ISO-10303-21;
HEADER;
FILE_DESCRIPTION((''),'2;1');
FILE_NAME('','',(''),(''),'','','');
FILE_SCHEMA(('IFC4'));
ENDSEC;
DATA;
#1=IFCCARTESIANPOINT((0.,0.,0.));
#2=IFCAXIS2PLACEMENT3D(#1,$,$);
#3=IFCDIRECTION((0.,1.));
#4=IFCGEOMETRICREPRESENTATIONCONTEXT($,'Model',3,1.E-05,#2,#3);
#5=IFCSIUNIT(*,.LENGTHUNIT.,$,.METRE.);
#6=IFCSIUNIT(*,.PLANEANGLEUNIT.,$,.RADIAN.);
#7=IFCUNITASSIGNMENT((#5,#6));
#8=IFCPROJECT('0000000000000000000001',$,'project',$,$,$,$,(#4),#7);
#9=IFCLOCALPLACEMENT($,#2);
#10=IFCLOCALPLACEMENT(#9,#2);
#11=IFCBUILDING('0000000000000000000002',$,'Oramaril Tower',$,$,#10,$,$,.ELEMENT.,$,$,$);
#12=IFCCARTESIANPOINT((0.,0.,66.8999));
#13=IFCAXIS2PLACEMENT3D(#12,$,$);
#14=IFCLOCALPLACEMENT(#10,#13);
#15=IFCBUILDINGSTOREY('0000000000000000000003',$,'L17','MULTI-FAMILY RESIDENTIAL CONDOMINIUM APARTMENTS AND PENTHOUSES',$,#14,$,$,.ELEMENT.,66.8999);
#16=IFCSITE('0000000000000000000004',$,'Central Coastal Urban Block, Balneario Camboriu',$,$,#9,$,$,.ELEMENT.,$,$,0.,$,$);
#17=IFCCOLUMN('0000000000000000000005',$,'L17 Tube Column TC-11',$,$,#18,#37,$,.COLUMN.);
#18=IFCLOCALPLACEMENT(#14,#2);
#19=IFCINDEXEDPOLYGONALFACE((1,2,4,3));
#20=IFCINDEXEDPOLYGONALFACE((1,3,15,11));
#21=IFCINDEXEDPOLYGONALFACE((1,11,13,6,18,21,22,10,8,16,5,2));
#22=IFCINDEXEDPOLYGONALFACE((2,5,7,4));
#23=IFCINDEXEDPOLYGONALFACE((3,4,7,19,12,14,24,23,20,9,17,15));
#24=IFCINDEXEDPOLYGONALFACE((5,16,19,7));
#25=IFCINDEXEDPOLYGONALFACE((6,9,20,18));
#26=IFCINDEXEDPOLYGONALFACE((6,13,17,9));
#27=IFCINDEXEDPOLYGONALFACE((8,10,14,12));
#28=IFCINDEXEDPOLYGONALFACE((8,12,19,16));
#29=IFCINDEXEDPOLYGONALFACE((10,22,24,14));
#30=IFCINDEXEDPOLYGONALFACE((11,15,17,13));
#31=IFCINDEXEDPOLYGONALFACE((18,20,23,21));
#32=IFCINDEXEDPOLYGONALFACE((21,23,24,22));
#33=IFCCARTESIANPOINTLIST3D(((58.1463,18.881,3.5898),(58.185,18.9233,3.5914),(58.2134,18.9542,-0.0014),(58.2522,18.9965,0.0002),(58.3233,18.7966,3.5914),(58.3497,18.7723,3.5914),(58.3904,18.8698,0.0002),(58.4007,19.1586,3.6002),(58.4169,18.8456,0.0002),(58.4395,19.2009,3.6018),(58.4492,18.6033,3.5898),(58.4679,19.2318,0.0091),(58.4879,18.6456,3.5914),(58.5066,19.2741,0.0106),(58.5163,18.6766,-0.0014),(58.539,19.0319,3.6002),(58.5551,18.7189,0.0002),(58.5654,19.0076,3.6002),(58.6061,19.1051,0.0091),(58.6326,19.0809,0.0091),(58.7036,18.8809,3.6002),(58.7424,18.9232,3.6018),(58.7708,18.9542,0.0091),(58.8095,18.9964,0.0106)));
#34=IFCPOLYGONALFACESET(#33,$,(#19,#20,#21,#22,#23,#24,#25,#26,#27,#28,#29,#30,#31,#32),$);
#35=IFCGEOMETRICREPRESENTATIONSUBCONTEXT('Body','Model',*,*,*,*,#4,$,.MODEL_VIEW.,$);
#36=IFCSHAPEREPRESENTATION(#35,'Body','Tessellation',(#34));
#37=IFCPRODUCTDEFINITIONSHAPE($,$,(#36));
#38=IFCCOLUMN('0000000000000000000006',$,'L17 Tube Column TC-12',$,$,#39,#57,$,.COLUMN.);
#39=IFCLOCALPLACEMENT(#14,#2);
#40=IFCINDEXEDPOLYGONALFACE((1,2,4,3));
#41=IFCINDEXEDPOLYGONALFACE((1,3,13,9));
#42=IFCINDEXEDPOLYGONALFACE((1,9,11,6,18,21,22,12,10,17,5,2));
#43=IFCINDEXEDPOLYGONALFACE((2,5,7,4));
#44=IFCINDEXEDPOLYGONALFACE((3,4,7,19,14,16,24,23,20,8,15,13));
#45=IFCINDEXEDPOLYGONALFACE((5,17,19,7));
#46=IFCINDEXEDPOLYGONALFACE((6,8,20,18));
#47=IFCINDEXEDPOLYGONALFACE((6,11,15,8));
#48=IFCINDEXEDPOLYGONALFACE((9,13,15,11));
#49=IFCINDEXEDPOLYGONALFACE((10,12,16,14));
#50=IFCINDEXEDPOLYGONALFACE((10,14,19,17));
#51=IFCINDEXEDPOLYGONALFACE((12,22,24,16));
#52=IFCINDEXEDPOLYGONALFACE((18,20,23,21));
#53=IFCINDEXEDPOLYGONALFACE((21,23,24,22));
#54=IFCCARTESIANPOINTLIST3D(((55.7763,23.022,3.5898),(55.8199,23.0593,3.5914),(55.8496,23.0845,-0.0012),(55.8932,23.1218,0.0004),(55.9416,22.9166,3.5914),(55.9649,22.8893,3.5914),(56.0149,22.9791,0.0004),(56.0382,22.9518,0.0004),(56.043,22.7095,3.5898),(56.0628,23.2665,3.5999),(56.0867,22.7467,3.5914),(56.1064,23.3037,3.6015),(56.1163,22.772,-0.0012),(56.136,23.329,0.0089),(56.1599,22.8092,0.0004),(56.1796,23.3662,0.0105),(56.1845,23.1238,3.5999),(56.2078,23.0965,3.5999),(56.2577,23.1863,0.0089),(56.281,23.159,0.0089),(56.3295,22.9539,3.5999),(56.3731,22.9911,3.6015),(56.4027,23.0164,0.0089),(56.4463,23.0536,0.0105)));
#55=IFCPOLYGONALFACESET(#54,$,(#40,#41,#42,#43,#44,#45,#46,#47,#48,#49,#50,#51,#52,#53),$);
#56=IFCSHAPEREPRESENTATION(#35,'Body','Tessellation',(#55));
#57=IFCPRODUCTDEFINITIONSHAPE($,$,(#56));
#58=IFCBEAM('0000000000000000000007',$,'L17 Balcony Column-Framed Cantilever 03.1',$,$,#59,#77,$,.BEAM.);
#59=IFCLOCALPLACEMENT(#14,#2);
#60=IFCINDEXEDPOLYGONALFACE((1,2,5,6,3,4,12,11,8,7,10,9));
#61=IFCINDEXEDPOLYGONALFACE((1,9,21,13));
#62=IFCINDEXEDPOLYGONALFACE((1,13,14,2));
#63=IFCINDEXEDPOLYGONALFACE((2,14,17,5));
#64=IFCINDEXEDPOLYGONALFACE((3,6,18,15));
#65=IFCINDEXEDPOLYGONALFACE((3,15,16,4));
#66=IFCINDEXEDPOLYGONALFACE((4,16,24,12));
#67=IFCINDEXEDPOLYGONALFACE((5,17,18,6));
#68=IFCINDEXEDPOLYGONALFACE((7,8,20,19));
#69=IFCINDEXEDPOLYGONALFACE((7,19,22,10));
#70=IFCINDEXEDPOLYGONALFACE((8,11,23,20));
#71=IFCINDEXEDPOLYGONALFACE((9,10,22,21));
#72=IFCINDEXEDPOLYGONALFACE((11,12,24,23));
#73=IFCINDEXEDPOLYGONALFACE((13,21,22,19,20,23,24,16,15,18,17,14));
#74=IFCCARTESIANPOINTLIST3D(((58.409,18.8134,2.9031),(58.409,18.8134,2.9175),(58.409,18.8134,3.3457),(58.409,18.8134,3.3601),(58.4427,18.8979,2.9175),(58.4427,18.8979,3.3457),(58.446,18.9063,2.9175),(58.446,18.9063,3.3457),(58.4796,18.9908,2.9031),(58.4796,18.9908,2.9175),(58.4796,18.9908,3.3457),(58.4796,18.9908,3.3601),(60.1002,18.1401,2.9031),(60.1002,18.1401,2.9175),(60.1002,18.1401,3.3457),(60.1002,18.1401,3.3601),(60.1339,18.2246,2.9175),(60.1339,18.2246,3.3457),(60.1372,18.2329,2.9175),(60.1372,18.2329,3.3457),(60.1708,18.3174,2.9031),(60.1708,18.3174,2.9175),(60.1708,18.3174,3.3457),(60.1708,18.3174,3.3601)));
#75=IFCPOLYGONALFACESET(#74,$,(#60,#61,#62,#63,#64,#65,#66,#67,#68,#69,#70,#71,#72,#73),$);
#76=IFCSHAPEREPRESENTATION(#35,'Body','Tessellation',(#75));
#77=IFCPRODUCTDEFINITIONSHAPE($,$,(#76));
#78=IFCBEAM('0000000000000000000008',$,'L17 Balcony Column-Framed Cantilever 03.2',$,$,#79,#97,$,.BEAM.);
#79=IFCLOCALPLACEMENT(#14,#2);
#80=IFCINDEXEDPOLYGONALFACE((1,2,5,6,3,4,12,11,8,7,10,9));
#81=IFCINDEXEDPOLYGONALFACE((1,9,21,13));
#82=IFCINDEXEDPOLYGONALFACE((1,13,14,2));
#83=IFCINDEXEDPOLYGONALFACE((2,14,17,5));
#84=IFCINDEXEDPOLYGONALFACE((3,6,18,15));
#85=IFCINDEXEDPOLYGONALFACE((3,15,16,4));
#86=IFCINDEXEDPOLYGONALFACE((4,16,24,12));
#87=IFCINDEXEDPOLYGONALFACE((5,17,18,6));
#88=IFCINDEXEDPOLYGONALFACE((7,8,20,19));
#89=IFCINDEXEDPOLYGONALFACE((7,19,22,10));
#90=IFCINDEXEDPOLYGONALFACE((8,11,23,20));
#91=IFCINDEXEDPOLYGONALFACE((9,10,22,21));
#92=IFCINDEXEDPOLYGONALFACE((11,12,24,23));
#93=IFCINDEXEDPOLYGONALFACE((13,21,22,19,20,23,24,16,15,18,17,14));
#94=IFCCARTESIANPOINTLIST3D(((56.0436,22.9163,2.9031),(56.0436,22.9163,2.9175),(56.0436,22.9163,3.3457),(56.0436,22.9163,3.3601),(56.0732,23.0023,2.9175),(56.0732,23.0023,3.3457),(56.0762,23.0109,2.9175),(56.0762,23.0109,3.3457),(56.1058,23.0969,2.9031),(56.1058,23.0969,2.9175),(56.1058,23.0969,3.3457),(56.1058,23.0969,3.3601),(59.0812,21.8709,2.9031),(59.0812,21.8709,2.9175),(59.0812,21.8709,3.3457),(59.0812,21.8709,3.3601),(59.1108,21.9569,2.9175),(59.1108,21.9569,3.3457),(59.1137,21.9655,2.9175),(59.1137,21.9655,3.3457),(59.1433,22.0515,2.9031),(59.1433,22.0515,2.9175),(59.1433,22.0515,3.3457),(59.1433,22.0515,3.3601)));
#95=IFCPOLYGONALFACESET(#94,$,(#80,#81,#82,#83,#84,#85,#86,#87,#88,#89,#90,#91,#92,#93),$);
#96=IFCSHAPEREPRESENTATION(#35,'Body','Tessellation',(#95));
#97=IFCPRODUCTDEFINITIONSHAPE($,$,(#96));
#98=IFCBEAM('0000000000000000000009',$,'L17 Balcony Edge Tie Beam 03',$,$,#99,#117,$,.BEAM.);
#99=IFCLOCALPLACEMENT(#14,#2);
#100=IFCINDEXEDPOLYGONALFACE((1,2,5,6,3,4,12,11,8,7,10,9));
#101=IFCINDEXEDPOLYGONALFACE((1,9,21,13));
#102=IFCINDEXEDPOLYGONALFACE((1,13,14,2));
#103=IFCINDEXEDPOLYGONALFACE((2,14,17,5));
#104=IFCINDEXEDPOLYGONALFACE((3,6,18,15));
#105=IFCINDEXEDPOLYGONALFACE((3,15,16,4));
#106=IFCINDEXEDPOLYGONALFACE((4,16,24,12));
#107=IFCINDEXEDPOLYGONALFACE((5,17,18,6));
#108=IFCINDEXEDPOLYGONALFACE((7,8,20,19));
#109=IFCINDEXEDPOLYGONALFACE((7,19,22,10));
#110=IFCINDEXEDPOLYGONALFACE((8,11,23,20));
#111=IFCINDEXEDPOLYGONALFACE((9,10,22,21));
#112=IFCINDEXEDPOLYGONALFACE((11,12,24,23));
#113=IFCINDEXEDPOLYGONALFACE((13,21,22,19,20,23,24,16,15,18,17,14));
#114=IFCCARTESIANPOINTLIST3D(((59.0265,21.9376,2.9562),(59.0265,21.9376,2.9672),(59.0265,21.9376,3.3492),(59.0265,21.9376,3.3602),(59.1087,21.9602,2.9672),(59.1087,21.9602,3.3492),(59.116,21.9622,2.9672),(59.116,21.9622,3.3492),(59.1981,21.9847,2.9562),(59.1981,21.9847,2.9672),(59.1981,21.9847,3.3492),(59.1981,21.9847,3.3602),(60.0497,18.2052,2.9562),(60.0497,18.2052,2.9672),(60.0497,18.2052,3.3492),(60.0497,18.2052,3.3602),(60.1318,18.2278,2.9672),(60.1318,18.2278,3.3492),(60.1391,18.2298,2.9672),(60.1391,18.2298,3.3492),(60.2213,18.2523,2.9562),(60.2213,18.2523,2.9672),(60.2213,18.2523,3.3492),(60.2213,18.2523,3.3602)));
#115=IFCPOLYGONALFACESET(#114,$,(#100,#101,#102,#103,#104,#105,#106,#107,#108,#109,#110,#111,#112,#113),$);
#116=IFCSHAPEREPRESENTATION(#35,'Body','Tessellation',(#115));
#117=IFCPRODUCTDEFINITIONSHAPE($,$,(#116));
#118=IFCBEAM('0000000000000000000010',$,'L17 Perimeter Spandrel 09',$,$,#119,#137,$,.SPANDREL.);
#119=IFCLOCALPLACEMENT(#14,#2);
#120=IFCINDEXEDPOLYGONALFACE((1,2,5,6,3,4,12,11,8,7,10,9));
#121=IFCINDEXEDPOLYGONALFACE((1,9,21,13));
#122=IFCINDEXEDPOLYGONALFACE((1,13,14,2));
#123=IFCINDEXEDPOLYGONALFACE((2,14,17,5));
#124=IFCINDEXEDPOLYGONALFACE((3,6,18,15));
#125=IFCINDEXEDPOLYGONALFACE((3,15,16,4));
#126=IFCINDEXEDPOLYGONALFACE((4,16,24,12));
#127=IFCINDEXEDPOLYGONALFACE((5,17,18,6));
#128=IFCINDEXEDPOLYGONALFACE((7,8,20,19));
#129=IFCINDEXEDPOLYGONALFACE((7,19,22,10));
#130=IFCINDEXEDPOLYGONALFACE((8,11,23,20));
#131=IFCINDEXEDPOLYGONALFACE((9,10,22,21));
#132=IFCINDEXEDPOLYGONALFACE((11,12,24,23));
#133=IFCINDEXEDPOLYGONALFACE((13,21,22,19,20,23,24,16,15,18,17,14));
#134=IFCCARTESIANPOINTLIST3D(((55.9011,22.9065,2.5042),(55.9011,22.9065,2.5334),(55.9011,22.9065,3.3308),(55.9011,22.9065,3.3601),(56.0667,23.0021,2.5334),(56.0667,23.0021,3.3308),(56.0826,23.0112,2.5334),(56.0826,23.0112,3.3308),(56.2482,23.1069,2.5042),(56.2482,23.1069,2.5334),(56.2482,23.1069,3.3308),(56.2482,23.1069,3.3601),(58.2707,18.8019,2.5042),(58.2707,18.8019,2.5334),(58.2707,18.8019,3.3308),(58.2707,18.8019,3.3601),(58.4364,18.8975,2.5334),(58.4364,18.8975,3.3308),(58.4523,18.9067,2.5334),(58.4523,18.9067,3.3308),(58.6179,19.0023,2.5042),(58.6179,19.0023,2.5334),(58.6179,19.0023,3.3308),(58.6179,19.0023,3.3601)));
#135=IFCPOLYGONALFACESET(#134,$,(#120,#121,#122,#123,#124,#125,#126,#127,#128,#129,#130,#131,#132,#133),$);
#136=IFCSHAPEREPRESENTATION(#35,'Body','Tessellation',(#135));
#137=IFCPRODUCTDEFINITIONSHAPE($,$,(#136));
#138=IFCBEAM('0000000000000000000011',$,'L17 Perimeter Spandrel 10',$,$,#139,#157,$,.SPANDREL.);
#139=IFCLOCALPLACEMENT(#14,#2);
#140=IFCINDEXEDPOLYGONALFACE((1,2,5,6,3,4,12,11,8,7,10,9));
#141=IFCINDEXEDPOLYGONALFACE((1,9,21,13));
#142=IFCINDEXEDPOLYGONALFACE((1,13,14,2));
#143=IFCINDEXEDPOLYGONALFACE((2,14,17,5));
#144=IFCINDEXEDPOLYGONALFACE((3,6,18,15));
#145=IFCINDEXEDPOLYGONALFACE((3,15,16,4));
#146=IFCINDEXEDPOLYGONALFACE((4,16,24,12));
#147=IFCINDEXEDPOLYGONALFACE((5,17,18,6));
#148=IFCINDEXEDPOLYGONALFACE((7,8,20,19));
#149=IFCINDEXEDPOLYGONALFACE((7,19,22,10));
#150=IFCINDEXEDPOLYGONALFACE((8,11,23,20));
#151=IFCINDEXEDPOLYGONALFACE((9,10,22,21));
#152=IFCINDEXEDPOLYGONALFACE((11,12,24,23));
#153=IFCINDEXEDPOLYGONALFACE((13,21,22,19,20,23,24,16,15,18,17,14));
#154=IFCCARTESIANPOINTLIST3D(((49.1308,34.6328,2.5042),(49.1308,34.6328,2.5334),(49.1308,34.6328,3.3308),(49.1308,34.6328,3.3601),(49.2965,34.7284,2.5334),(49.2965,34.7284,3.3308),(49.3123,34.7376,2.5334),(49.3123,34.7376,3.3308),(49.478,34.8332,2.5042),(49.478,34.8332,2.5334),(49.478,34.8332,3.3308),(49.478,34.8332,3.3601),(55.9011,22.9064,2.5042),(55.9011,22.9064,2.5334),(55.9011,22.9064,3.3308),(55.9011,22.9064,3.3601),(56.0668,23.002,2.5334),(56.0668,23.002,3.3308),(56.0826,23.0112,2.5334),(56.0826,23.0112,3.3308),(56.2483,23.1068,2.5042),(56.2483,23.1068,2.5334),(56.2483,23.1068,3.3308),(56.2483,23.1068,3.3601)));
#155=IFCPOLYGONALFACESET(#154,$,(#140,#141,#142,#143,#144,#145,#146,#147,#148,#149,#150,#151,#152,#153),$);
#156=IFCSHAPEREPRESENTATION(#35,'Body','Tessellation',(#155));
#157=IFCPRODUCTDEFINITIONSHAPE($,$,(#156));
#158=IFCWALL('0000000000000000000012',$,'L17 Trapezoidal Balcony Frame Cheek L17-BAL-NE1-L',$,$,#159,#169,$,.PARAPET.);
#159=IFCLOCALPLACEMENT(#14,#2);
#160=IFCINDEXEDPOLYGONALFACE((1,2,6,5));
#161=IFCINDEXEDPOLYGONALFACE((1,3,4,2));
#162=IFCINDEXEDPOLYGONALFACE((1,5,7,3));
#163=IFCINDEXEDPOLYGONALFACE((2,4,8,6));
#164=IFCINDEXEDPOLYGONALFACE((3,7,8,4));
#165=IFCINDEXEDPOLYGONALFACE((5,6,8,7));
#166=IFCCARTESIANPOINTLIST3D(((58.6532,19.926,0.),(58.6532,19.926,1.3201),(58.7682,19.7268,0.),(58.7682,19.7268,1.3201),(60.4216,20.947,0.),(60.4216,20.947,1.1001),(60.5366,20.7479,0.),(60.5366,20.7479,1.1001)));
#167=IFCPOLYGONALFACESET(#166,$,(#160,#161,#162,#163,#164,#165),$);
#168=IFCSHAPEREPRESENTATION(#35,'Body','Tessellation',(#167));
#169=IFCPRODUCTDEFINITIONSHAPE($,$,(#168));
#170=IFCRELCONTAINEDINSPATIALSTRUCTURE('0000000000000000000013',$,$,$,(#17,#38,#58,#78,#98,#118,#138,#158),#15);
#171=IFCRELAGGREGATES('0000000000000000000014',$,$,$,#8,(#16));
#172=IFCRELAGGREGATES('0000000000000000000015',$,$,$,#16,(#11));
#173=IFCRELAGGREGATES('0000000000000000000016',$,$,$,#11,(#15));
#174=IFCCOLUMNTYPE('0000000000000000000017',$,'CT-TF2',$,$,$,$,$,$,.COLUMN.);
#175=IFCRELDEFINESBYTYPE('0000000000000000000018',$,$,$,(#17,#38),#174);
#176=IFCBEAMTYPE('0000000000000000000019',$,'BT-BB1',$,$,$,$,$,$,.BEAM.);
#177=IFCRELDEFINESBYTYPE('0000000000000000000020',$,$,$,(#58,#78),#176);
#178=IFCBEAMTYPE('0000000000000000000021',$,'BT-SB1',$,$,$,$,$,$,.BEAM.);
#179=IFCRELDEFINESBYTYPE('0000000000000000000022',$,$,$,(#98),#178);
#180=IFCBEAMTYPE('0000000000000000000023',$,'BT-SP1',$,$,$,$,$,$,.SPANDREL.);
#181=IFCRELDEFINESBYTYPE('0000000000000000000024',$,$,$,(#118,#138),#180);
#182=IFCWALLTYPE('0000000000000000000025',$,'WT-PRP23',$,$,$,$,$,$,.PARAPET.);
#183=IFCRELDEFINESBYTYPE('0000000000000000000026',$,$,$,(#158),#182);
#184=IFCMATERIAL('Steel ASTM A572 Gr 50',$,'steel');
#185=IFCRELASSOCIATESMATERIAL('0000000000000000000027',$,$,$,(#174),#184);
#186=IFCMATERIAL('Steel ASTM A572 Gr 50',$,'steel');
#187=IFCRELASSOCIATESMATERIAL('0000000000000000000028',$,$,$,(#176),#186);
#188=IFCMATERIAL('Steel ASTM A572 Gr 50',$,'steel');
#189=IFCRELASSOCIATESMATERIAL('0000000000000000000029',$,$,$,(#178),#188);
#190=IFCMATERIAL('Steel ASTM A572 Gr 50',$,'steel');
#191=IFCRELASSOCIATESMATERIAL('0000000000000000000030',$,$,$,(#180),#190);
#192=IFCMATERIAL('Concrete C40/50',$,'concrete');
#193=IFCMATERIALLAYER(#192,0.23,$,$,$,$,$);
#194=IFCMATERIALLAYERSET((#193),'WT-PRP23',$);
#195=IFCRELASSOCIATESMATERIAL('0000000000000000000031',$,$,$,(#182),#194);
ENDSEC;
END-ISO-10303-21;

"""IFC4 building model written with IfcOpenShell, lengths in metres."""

from ifc_helpers import new_model, si_unit, direction, frame, origin, origin_2d, place, context, subcontext, project, spatial, polyline, i_section, outline, extrude, material, layer, layer_set, material_profile, profile_set, type_object, element, save


model = new_model("IFC4")

# Units and contexts
model_context = context("Model", 3, precision=1e-05, world=origin(), true_north=direction((0.0, 1.0)))
body_context = subcontext(model_context, "Body", "Model", "MODEL_VIEW")
ifc_project = project(units=[si_unit("LENGTHUNIT", "METRE"), si_unit("PLANEANGLEUNIT", "RADIAN")], contexts=[model_context])

# Site, building, storey
site_placement = place(None, origin())
site = spatial("IfcSite", under=ifc_project, at=site_placement, Name="Central Coastal Urban Block, Balneario Camboriu", CompositionType="ELEMENT", RefElevation=0.0)
building_placement = place(site_placement, origin())
building = spatial("IfcBuilding", under=site, at=building_placement, Name="Oramaril Tower", CompositionType="ELEMENT")
storey_placement = place(building_placement, frame((0.0, 0.0, 66.8999)))
storey = spatial("IfcBuildingStorey", under=building, at=storey_placement, Name="L17", Description="MULTI-FAMILY RESIDENTIAL CONDOMINIUM APARTMENTS AND PENTHOUSES", CompositionType="ELEMENT", Elevation=66.8999)

# Columns
ifc_material_1 = material(Name="Steel ASTM A572 Gr 50", Category="steel")
ifc_material_profile_1 = material_profile(ifc_material_1, i_section(OverallWidth=0.4109, OverallDepth=0.4341, WebThickness=0.0359, FlangeThickness=0.0574, at=origin_2d()), Name="W14X311")
ifc_profile_set_1 = profile_set([ifc_material_profile_1], Name="Steel ASTM A572 Gr 50")
column_type = type_object("IfcColumnType", Name="CT-TF2", PredefinedType="COLUMN", material=ifc_profile_set_1)
column_1_placement = place(storey_placement, frame((58.5115, 18.9753, 0.0046), z_axis=(-0.018689, -0.020388, 0.999617), x_axis=(0.737154, -0.675725, 0.0)))
element("IfcColumn", 1, at=column_1_placement, inside=storey, type_object=column_type, Name="L17 Tube Column TC-11", PredefinedType="COLUMN", context=body_context, shape_type="SweptSolid", body=[
    extrude(i_section(OverallWidth=0.4109, OverallDepth=0.4341, WebThickness=0.0359, FlangeThickness=0.0574, at=origin_2d()), origin(), (0.0, 0.0, 1.0), 3.5925),
])
column_2_placement = place(storey_placement, frame((56.1479, 23.0691, 0.0046), z_axis=(-0.020388, -0.017398, 0.999641), x_axis=(0.649119, -0.760687, 0.0)))
element("IfcColumn", 2, at=column_2_placement, inside=storey, type_object=column_type, Name="L17 Tube Column TC-12", PredefinedType="COLUMN", context=body_context, shape_type="SweptSolid", body=[
    extrude(i_section(OverallWidth=0.4109, OverallDepth=0.4341, WebThickness=0.0359, FlangeThickness=0.0574, at=origin_2d()), origin(), (0.0, 0.0, 1.0), 3.5923),
])

# Beams
ifc_material_2 = material(Name="Steel ASTM A572 Gr 50", Category="steel")
ifc_material_profile_2 = material_profile(ifc_material_2, i_section(OverallWidth=0.1909, OverallDepth=0.457, WebThickness=0.009, FlangeThickness=0.0144, at=origin_2d()), Name="W18X50")
ifc_profile_set_2 = profile_set([ifc_material_profile_2], Name="Steel ASTM A572 Gr 50")
beam_type_1 = type_object("IfcBeamType", Name="BT-BB1", PredefinedType="BEAM", material=ifc_profile_set_2)
beam_1_placement = place(storey_placement, frame((58.4443, 18.9021, 3.1316), z_axis=(0.929068, -0.36991, 0.0), x_axis=(0.36991, 0.929068, 0.0)))
element("IfcBeam", 3, at=beam_1_placement, inside=storey, type_object=beam_type_1, Name="L17 Balcony Column-Framed Cantilever 03.1", PredefinedType="BEAM", context=body_context, shape_type="SweptSolid", body=[
    extrude(i_section(OverallWidth=0.1909, OverallDepth=0.457, WebThickness=0.009, FlangeThickness=0.0144, at=origin_2d()), origin(), (0.0, 0.0, 1.0), 1.8203),
])
beam_2_placement = place(storey_placement, frame((56.0747, 23.0066, 3.1316), z_axis=(0.945568, -0.325424, 0.0), x_axis=(0.325424, 0.945568, 0.0)))
element("IfcBeam", 4, at=beam_2_placement, inside=storey, type_object=beam_type_1, Name="L17 Balcony Column-Framed Cantilever 03.2", PredefinedType="BEAM", context=body_context, shape_type="SweptSolid", body=[
    extrude(i_section(OverallWidth=0.1909, OverallDepth=0.457, WebThickness=0.009, FlangeThickness=0.0144, at=origin_2d()), origin(), (0.0, 0.0, 1.0), 3.2124),
])
ifc_material_3 = material(Name="Steel ASTM A572 Gr 50", Category="steel")
ifc_material_profile_3 = material_profile(ifc_material_3, i_section(OverallWidth=0.178, OverallDepth=0.4041, WebThickness=0.0076, FlangeThickness=0.011, at=origin_2d()), Name="W16X36")
ifc_profile_set_3 = profile_set([ifc_material_profile_3], Name="Steel ASTM A572 Gr 50")
beam_type_2 = type_object("IfcBeamType", Name="BT-SB1", PredefinedType="BEAM", material=ifc_profile_set_3)
beam_3_placement = place(storey_placement, frame((60.1355, 18.2288, 3.1582), z_axis=(-0.264382, 0.964418, 0.0), x_axis=(-0.964418, -0.264382, 0.0)))
element("IfcBeam", 5, at=beam_3_placement, inside=storey, type_object=beam_type_2, Name="L17 Balcony Edge Tie Beam 03", PredefinedType="BEAM", context=body_context, shape_type="SweptSolid", body=[
    extrude(i_section(OverallWidth=0.178, OverallDepth=0.4041, WebThickness=0.0076, FlangeThickness=0.011, at=origin_2d()), origin(), (0.0, 0.0, 1.0), 3.8701),
])
ifc_material_4 = material(Name="Steel ASTM A572 Gr 50", Category="steel")
ifc_material_profile_4 = material_profile(ifc_material_4, i_section(OverallWidth=0.4009, OverallDepth=0.856, WebThickness=0.0183, FlangeThickness=0.0293, at=origin_2d()), Name="W33X201")
ifc_profile_set_4 = profile_set([ifc_material_profile_4], Name="Steel ASTM A572 Gr 50")
beam_type_3 = type_object("IfcBeamType", Name="BT-SP1", PredefinedType="SPANDREL", material=ifc_profile_set_4)
beam_4_placement = place(storey_placement, frame((58.4443, 18.9021, 2.9321), z_axis=(-0.499984, 0.866035, 0.0), x_axis=(-0.866035, -0.499984, 0.0)))
element("IfcBeam", 6, at=beam_4_placement, inside=storey, type_object=beam_type_3, Name="L17 Perimeter Spandrel 09", PredefinedType="SPANDREL", context=body_context, shape_type="SweptSolid", body=[
    extrude(i_section(OverallWidth=0.4009, OverallDepth=0.856, WebThickness=0.0183, FlangeThickness=0.0293, at=origin_2d()), origin(), (0.0, 0.0, 1.0), 4.7395),
])
beam_5_placement = place(storey_placement, frame((56.0747, 23.0066, 2.9321), z_axis=(-0.500004, 0.866023, 0.0), x_axis=(-0.866023, -0.500004, 0.0)))
element("IfcBeam", 7, at=beam_5_placement, inside=storey, type_object=beam_type_3, Name="L17 Perimeter Spandrel 10", PredefinedType="SPANDREL", context=body_context, shape_type="SweptSolid", body=[
    extrude(i_section(OverallWidth=0.4009, OverallDepth=0.856, WebThickness=0.0183, FlangeThickness=0.0293, at=origin_2d()), origin(), (0.0, 0.0, 1.0), 13.5405),
])

# Wall
ifc_material_5 = material(Name="Concrete C40/50", Category="concrete")
ifc_layer_1 = layer(ifc_material_5, 0.23)
ifc_layer_set_1 = layer_set([ifc_layer_1], Name="WT-PRP23")
wall_type_1 = type_object("IfcWallType", Name="WT-PRP23", PredefinedType="PARAPET", material=ifc_layer_set_1)
wall_1_placement = place(storey_placement, frame((58.7107, 19.8264, 0.0), z_axis=(0.0, 0.0, 1.0), x_axis=(0.866012, 0.500023, 0.0)))
element("IfcWall", 8, at=wall_1_placement, inside=storey, type_object=wall_type_1, Name="L17 Trapezoidal Balcony Frame Cheek L17-BAL-NE1-L", PredefinedType="PARAPET", context=body_context, shape_type="SweptSolid", body=[
    extrude(outline(polyline([(0.0, 0.0), (2.042, 0.0), (2.042, 1.1001), (0.0, 1.3201), (0.0, 0.0)])), frame((0.0, 0.115, 0.0), z_axis=(0.0, -1.0, 0.0), x_axis=(1.0, 0.0, 0.0)), (0.0, 0.0, 1.0), 0.23),
])

save(model, "model.ifc")
